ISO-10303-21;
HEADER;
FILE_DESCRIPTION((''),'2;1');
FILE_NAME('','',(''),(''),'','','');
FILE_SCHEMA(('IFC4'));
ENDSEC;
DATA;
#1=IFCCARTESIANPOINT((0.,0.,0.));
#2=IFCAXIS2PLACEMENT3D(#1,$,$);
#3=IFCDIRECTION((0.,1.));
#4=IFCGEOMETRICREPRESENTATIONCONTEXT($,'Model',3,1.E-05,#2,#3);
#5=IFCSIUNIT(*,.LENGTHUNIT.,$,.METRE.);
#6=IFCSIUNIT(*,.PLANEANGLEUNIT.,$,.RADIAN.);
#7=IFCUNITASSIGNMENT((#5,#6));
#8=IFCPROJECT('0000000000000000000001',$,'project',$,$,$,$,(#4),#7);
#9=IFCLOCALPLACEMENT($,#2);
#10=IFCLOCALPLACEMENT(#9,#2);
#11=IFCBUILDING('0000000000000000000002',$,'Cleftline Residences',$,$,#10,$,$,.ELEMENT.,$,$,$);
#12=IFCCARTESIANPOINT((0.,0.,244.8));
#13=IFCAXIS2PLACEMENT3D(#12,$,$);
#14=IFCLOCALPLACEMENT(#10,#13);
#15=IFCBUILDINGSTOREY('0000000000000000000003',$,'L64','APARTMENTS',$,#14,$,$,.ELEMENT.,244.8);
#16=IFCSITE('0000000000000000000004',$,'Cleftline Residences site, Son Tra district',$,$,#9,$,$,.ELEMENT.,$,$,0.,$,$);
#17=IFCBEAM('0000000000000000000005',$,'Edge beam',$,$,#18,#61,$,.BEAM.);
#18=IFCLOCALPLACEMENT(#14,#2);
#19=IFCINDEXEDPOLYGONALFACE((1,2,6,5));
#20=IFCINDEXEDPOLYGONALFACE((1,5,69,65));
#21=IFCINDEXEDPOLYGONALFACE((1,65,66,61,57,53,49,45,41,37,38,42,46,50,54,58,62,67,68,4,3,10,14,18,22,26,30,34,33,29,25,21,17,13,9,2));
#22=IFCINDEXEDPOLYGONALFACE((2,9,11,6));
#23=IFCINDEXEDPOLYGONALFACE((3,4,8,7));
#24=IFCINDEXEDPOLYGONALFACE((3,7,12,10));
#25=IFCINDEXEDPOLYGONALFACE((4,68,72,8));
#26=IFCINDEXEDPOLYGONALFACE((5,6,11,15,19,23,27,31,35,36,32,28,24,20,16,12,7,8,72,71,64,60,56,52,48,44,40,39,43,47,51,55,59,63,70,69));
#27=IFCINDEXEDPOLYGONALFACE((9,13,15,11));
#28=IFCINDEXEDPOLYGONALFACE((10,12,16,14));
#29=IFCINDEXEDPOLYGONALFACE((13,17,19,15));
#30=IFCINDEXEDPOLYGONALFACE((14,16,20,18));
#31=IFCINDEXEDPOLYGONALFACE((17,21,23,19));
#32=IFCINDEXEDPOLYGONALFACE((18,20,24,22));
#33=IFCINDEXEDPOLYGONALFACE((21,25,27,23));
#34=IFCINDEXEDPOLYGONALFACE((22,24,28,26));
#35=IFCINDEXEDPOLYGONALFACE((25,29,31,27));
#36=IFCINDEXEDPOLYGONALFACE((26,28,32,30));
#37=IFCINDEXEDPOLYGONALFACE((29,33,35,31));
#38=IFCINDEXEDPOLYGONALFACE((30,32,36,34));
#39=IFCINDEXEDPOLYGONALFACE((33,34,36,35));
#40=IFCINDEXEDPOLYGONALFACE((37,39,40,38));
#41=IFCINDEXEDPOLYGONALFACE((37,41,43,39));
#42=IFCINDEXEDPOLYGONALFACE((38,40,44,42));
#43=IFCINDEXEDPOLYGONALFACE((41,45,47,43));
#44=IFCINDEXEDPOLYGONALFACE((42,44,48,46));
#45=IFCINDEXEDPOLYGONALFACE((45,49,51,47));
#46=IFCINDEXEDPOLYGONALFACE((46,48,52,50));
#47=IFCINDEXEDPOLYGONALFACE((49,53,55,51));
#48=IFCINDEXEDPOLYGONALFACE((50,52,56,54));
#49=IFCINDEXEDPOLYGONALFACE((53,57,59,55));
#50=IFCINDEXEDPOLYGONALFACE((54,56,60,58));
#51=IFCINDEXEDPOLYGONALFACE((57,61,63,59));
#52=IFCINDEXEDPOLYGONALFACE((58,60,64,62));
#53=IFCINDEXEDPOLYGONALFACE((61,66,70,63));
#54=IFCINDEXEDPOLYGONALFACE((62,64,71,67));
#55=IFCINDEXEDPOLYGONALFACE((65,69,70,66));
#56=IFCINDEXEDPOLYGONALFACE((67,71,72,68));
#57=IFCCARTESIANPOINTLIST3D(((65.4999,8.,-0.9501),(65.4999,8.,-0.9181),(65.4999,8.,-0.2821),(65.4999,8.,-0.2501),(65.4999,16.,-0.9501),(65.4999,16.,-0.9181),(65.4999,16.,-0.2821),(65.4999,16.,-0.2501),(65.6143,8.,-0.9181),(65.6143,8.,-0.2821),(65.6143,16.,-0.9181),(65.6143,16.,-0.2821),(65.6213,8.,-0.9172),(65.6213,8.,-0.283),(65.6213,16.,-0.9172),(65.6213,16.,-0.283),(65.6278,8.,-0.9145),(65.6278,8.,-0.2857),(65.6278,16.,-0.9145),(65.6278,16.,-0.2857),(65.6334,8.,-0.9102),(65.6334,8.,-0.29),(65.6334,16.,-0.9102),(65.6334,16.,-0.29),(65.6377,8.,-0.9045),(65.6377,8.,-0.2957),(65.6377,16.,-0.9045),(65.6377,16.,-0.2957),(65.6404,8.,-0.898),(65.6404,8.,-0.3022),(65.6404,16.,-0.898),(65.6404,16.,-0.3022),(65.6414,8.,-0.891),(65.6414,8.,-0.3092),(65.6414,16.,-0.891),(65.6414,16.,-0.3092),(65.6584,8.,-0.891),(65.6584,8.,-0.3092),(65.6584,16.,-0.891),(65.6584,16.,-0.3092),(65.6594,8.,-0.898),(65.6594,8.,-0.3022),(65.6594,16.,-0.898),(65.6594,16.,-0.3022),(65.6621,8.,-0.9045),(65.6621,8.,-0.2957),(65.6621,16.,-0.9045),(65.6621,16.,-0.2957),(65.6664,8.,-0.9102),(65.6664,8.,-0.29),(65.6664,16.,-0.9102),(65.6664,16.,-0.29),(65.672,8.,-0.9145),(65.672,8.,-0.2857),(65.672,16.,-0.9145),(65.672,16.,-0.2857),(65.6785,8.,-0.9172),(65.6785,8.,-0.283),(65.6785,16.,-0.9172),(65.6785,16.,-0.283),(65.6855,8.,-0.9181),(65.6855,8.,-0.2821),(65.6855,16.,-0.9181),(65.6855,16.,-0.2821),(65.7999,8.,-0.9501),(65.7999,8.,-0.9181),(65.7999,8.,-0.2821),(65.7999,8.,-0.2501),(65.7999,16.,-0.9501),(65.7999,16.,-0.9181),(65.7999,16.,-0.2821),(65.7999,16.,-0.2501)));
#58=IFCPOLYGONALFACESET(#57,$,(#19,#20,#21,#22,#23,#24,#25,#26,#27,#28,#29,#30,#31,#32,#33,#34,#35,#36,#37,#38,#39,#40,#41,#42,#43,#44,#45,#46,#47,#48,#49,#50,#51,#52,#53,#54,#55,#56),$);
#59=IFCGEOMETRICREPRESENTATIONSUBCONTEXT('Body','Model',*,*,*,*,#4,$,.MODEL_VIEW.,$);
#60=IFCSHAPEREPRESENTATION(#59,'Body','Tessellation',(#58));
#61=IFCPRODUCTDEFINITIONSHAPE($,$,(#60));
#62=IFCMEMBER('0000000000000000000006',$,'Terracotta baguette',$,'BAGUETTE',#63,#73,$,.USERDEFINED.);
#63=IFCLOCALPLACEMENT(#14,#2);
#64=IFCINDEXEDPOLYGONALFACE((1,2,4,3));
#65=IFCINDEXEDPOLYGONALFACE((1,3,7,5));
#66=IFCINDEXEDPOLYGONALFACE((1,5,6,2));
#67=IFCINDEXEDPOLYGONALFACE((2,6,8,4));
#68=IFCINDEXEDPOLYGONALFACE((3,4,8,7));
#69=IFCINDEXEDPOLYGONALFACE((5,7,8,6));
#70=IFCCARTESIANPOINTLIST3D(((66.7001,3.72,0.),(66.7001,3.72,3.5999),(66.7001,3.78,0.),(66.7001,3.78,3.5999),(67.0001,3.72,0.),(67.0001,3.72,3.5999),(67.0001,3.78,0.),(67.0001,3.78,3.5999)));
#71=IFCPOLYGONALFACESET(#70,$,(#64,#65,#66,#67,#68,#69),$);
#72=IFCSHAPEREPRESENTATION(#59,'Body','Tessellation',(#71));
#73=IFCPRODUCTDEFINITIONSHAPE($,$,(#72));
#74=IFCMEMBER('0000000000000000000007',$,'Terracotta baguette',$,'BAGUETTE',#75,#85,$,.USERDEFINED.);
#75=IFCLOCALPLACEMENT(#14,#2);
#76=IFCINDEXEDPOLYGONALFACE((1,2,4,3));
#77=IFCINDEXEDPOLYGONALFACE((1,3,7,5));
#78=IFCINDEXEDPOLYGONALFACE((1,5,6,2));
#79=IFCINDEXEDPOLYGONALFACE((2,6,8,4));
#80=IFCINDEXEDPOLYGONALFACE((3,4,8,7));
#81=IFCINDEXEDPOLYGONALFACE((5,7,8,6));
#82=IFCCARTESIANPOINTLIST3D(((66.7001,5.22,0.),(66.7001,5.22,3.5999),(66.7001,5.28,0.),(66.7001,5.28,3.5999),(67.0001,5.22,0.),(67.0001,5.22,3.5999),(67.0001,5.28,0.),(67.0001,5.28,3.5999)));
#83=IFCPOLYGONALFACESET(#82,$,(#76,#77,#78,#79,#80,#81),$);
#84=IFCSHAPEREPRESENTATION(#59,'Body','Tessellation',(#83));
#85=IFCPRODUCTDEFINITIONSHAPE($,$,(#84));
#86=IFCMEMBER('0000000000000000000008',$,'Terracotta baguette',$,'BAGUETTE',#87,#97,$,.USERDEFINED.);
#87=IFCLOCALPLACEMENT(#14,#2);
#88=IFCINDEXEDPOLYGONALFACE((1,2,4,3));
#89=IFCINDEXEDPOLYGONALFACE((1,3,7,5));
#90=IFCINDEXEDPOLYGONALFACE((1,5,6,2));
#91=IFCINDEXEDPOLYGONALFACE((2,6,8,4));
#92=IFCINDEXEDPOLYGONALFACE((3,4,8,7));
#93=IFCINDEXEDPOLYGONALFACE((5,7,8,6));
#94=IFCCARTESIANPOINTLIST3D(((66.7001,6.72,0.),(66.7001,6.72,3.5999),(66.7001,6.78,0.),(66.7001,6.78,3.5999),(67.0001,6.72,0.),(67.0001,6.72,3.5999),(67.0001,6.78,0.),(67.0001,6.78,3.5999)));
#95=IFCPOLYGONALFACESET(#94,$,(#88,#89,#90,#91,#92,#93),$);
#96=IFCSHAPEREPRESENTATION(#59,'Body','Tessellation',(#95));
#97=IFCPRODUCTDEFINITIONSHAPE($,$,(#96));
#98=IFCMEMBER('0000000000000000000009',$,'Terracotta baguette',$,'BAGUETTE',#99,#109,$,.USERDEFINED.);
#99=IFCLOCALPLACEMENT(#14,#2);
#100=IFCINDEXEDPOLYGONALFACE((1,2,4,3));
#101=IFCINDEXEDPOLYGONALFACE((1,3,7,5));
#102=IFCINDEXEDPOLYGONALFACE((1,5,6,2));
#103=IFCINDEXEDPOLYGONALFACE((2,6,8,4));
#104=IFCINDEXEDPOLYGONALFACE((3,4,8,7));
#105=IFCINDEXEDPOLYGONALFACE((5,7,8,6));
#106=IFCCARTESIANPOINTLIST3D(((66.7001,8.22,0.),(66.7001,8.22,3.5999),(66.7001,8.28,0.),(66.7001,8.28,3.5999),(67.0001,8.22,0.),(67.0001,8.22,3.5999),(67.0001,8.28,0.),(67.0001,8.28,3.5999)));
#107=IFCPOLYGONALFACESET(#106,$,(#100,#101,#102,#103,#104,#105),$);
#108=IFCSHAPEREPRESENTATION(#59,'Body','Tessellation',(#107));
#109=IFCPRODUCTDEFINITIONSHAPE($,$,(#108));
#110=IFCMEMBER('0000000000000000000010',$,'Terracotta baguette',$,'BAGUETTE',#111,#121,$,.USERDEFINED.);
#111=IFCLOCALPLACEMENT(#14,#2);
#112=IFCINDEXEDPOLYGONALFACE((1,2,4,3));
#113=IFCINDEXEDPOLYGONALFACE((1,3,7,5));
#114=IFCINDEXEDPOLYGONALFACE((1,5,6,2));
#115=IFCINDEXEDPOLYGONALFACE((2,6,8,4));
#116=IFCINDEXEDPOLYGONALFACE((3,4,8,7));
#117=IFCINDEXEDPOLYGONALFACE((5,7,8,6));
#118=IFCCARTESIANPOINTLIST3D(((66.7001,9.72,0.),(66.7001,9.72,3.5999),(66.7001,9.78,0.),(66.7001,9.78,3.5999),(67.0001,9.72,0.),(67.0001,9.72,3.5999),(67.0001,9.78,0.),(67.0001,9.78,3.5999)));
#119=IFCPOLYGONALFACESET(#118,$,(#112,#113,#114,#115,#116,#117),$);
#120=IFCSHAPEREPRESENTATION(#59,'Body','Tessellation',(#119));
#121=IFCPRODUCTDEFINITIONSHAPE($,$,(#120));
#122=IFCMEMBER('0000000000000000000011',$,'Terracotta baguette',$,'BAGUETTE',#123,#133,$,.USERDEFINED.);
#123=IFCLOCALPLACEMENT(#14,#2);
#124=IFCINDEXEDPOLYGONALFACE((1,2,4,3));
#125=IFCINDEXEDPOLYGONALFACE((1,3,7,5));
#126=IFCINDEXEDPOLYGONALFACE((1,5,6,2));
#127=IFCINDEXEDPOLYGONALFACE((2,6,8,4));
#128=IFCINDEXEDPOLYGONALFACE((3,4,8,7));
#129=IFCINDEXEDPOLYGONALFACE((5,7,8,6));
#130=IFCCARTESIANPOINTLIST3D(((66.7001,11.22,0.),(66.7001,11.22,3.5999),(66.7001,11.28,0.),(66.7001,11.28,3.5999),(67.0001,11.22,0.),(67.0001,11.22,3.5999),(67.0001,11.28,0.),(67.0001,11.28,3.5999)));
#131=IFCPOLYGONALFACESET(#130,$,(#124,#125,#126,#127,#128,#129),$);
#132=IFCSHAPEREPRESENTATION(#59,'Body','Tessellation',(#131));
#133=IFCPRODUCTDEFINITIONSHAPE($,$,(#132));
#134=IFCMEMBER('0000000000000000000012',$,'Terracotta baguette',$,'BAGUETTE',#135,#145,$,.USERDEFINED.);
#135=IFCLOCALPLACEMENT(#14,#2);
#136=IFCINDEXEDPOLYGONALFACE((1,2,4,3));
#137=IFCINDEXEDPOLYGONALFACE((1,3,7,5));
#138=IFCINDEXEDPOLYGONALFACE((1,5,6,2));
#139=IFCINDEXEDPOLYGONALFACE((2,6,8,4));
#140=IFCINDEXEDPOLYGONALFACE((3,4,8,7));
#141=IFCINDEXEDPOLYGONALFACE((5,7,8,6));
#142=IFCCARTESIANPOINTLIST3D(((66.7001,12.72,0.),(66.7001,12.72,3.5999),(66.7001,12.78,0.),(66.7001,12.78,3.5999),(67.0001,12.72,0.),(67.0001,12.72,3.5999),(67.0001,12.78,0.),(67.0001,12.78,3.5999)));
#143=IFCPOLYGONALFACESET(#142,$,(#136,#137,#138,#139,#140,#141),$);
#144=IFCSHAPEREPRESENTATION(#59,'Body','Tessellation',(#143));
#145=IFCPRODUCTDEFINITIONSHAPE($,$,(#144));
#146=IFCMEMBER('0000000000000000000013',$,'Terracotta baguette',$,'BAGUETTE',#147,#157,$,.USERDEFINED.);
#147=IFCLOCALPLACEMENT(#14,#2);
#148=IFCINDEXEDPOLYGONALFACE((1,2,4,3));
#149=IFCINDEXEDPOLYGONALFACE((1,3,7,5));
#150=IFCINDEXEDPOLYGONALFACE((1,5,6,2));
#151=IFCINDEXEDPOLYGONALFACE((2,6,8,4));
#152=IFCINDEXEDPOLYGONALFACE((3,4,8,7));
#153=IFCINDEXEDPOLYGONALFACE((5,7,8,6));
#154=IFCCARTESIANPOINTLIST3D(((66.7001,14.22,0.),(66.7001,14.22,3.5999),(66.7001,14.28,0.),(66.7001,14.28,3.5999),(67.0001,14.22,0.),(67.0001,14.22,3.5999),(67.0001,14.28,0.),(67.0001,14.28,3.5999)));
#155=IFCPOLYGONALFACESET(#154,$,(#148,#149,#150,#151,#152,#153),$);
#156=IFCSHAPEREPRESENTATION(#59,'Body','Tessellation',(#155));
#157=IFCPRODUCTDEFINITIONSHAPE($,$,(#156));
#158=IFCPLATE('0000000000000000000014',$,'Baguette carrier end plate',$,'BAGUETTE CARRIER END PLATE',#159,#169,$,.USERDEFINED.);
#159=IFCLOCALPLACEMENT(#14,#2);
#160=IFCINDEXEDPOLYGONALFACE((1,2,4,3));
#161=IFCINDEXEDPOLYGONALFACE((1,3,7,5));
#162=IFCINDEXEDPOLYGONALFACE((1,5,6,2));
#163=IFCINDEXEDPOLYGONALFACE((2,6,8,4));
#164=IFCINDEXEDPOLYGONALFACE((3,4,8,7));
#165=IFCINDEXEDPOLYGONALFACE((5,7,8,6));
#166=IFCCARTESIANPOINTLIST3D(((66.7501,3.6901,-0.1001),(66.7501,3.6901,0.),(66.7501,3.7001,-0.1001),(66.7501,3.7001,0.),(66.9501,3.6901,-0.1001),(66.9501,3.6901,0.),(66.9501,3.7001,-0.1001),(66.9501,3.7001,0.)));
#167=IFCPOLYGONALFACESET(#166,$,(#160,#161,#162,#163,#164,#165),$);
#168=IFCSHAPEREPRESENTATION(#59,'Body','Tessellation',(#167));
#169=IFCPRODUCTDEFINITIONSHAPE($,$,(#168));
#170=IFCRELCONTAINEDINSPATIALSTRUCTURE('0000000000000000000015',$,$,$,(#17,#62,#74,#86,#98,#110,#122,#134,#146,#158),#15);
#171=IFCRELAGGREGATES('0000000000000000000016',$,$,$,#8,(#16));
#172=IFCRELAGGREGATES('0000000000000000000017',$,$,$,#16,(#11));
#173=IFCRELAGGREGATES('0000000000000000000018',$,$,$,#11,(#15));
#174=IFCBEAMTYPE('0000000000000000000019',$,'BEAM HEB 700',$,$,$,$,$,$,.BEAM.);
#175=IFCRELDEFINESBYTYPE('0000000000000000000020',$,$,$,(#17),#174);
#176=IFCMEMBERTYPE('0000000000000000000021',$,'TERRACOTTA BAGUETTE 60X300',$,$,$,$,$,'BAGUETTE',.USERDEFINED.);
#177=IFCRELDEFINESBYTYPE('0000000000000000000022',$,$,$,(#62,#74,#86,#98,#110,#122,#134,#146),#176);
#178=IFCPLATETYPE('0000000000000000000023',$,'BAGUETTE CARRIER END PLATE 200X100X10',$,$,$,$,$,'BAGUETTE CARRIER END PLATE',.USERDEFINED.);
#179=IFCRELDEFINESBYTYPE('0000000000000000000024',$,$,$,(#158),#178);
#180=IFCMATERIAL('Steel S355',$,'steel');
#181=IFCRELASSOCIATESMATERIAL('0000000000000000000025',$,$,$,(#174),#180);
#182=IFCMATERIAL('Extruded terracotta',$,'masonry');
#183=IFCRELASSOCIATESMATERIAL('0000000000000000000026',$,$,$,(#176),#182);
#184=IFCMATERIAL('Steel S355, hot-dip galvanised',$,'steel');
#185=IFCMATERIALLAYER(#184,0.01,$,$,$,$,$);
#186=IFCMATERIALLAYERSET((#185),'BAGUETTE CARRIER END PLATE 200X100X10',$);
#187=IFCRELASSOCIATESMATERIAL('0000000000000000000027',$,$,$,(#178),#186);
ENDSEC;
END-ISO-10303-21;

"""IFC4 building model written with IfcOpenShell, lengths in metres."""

from ifc_helpers import new_model, si_unit, direction, frame, origin, origin_2d, place, context, subcontext, project, spatial, rectangle, i_section, extrude, material, layer, layer_set, material_profile, profile_set, type_object, element, save


model = new_model("IFC4")

# Units and contexts
model_context = context("Model", 3, precision=1e-05, world=origin(), true_north=direction((0.0, 1.0)))
body_context = subcontext(model_context, "Body", "Model", "MODEL_VIEW")
ifc_project = project(units=[si_unit("LENGTHUNIT", "METRE"), si_unit("PLANEANGLEUNIT", "RADIAN")], contexts=[model_context])

# Site, building, storey
site_placement = place(None, origin())
site = spatial("IfcSite", under=ifc_project, at=site_placement, Name="Cleftline Residences site, Son Tra district", CompositionType="ELEMENT", RefElevation=0.0)
building_placement = place(site_placement, origin())
building = spatial("IfcBuilding", under=site, at=building_placement, Name="Cleftline Residences", CompositionType="ELEMENT")
storey_placement = place(building_placement, frame((0.0, 0.0, 244.8)))
storey = spatial("IfcBuildingStorey", under=building, at=storey_placement, Name="L64", Description="APARTMENTS", CompositionType="ELEMENT", Elevation=244.8)

# Beam
ifc_material_1 = material(Name="Steel S355", Category="steel")
ifc_material_profile_1 = material_profile(ifc_material_1, i_section(OverallWidth=0.3, OverallDepth=0.7, WebThickness=0.0171, FlangeThickness=0.032, FilletRadius=0.0271, at=origin_2d()))
ifc_profile_set_1 = profile_set([ifc_material_profile_1], Name="Steel S355")
beam_type = type_object("IfcBeamType", Name="BEAM HEB 700", PredefinedType="BEAM", material=ifc_profile_set_1)
beam_placement = place(storey_placement, frame((65.6499, 8.0, -0.6001), z_axis=(0.0, 1.0, 0.0), x_axis=(-1.0, 0.0, 0.0)))
element("IfcBeam", 1, at=beam_placement, inside=storey, type_object=beam_type, Name="Edge beam", PredefinedType="BEAM", context=body_context, shape_type="SweptSolid", body=[
    extrude(i_section(OverallWidth=0.3, OverallDepth=0.7, WebThickness=0.0171, FlangeThickness=0.032, FilletRadius=0.0271, at=origin_2d()), origin(), (0.0, 0.0, 1.0), 8.0),
])

# Members
ifc_material_2 = material(Name="Extruded terracotta", Category="masonry")
ifc_material_profile_2 = material_profile(ifc_material_2, rectangle(XDim=0.0601, YDim=0.3, at=origin_2d()))
ifc_profile_set_2 = profile_set([ifc_material_profile_2], Name="Extruded terracotta")
member_type_1 = type_object("IfcMemberType", Name="TERRACOTTA BAGUETTE 60X300", ElementType="BAGUETTE", PredefinedType="USERDEFINED", material=ifc_profile_set_2)
for number, where, z_axis, x_axis, name in (
    (2, (66.8501, 3.75, 0.0), (0.0, 0.0, 1.0), (0.0, 1.0, 0.0), "Terracotta baguette"),
    (3, (66.8501, 5.25, 0.0), (0.0, 0.0, 1.0), (0.0, 1.0, 0.0), "Terracotta baguette"),
    (4, (66.8501, 6.75, 0.0), (0.0, 0.0, 1.0), (0.0, 1.0, 0.0), "Terracotta baguette"),
    (5, (66.8501, 8.25, 0.0), (0.0, 0.0, 1.0), (0.0, 1.0, 0.0), "Terracotta baguette"),
    (6, (66.8501, 9.75, 0.0), (0.0, 0.0, 1.0), (0.0, 1.0, 0.0), "Terracotta baguette"),
    (7, (66.8501, 11.25, 0.0), (0.0, 0.0, 1.0), (0.0, 1.0, 0.0), "Terracotta baguette"),
    (8, (66.8501, 12.75, 0.0), (0.0, 0.0, 1.0), (0.0, 1.0, 0.0), "Terracotta baguette"),
    (9, (66.8501, 14.25, 0.0), (0.0, 0.0, 1.0), (0.0, 1.0, 0.0), "Terracotta baguette"),
):
    element("IfcMember", number, at=place(storey_placement, frame(where, z_axis=z_axis, x_axis=x_axis)), inside=storey, type_object=member_type_1, Name=name, ObjectType="BAGUETTE", PredefinedType="USERDEFINED", context=body_context, shape_type="SweptSolid", body=[
        extrude(rectangle(XDim=0.0601, YDim=0.3, at=origin_2d()), origin(), (0.0, 0.0, 1.0), 3.5999),
    ])

# Plate
ifc_material_3 = material(Name="Steel S355, hot-dip galvanised", Category="steel")
ifc_layer_1 = layer(ifc_material_3, 0.01)
ifc_layer_set_1 = layer_set([ifc_layer_1], Name="BAGUETTE CARRIER END PLATE 200X100X10")
plate_type = type_object("IfcPlateType", Name="BAGUETTE CARRIER END PLATE 200X100X10", ElementType="BAGUETTE CARRIER END PLATE", PredefinedType="USERDEFINED", material=ifc_layer_set_1)
plate_placement = place(storey_placement, frame((66.8501, 3.6951, -0.1001), z_axis=(0.0, 0.0, 1.0), x_axis=(1.0, 0.0, 0.0)))
element("IfcPlate", 10, at=plate_placement, inside=storey, type_object=plate_type, Name="Baguette carrier end plate", ObjectType="BAGUETTE CARRIER END PLATE", PredefinedType="USERDEFINED", context=body_context, shape_type="SweptSolid", body=[
    extrude(rectangle(XDim=0.2, YDim=0.01, at=origin_2d()), origin(), (0.0, 0.0, 1.0), 0.1001),
])

save(model, "model.ifc")
